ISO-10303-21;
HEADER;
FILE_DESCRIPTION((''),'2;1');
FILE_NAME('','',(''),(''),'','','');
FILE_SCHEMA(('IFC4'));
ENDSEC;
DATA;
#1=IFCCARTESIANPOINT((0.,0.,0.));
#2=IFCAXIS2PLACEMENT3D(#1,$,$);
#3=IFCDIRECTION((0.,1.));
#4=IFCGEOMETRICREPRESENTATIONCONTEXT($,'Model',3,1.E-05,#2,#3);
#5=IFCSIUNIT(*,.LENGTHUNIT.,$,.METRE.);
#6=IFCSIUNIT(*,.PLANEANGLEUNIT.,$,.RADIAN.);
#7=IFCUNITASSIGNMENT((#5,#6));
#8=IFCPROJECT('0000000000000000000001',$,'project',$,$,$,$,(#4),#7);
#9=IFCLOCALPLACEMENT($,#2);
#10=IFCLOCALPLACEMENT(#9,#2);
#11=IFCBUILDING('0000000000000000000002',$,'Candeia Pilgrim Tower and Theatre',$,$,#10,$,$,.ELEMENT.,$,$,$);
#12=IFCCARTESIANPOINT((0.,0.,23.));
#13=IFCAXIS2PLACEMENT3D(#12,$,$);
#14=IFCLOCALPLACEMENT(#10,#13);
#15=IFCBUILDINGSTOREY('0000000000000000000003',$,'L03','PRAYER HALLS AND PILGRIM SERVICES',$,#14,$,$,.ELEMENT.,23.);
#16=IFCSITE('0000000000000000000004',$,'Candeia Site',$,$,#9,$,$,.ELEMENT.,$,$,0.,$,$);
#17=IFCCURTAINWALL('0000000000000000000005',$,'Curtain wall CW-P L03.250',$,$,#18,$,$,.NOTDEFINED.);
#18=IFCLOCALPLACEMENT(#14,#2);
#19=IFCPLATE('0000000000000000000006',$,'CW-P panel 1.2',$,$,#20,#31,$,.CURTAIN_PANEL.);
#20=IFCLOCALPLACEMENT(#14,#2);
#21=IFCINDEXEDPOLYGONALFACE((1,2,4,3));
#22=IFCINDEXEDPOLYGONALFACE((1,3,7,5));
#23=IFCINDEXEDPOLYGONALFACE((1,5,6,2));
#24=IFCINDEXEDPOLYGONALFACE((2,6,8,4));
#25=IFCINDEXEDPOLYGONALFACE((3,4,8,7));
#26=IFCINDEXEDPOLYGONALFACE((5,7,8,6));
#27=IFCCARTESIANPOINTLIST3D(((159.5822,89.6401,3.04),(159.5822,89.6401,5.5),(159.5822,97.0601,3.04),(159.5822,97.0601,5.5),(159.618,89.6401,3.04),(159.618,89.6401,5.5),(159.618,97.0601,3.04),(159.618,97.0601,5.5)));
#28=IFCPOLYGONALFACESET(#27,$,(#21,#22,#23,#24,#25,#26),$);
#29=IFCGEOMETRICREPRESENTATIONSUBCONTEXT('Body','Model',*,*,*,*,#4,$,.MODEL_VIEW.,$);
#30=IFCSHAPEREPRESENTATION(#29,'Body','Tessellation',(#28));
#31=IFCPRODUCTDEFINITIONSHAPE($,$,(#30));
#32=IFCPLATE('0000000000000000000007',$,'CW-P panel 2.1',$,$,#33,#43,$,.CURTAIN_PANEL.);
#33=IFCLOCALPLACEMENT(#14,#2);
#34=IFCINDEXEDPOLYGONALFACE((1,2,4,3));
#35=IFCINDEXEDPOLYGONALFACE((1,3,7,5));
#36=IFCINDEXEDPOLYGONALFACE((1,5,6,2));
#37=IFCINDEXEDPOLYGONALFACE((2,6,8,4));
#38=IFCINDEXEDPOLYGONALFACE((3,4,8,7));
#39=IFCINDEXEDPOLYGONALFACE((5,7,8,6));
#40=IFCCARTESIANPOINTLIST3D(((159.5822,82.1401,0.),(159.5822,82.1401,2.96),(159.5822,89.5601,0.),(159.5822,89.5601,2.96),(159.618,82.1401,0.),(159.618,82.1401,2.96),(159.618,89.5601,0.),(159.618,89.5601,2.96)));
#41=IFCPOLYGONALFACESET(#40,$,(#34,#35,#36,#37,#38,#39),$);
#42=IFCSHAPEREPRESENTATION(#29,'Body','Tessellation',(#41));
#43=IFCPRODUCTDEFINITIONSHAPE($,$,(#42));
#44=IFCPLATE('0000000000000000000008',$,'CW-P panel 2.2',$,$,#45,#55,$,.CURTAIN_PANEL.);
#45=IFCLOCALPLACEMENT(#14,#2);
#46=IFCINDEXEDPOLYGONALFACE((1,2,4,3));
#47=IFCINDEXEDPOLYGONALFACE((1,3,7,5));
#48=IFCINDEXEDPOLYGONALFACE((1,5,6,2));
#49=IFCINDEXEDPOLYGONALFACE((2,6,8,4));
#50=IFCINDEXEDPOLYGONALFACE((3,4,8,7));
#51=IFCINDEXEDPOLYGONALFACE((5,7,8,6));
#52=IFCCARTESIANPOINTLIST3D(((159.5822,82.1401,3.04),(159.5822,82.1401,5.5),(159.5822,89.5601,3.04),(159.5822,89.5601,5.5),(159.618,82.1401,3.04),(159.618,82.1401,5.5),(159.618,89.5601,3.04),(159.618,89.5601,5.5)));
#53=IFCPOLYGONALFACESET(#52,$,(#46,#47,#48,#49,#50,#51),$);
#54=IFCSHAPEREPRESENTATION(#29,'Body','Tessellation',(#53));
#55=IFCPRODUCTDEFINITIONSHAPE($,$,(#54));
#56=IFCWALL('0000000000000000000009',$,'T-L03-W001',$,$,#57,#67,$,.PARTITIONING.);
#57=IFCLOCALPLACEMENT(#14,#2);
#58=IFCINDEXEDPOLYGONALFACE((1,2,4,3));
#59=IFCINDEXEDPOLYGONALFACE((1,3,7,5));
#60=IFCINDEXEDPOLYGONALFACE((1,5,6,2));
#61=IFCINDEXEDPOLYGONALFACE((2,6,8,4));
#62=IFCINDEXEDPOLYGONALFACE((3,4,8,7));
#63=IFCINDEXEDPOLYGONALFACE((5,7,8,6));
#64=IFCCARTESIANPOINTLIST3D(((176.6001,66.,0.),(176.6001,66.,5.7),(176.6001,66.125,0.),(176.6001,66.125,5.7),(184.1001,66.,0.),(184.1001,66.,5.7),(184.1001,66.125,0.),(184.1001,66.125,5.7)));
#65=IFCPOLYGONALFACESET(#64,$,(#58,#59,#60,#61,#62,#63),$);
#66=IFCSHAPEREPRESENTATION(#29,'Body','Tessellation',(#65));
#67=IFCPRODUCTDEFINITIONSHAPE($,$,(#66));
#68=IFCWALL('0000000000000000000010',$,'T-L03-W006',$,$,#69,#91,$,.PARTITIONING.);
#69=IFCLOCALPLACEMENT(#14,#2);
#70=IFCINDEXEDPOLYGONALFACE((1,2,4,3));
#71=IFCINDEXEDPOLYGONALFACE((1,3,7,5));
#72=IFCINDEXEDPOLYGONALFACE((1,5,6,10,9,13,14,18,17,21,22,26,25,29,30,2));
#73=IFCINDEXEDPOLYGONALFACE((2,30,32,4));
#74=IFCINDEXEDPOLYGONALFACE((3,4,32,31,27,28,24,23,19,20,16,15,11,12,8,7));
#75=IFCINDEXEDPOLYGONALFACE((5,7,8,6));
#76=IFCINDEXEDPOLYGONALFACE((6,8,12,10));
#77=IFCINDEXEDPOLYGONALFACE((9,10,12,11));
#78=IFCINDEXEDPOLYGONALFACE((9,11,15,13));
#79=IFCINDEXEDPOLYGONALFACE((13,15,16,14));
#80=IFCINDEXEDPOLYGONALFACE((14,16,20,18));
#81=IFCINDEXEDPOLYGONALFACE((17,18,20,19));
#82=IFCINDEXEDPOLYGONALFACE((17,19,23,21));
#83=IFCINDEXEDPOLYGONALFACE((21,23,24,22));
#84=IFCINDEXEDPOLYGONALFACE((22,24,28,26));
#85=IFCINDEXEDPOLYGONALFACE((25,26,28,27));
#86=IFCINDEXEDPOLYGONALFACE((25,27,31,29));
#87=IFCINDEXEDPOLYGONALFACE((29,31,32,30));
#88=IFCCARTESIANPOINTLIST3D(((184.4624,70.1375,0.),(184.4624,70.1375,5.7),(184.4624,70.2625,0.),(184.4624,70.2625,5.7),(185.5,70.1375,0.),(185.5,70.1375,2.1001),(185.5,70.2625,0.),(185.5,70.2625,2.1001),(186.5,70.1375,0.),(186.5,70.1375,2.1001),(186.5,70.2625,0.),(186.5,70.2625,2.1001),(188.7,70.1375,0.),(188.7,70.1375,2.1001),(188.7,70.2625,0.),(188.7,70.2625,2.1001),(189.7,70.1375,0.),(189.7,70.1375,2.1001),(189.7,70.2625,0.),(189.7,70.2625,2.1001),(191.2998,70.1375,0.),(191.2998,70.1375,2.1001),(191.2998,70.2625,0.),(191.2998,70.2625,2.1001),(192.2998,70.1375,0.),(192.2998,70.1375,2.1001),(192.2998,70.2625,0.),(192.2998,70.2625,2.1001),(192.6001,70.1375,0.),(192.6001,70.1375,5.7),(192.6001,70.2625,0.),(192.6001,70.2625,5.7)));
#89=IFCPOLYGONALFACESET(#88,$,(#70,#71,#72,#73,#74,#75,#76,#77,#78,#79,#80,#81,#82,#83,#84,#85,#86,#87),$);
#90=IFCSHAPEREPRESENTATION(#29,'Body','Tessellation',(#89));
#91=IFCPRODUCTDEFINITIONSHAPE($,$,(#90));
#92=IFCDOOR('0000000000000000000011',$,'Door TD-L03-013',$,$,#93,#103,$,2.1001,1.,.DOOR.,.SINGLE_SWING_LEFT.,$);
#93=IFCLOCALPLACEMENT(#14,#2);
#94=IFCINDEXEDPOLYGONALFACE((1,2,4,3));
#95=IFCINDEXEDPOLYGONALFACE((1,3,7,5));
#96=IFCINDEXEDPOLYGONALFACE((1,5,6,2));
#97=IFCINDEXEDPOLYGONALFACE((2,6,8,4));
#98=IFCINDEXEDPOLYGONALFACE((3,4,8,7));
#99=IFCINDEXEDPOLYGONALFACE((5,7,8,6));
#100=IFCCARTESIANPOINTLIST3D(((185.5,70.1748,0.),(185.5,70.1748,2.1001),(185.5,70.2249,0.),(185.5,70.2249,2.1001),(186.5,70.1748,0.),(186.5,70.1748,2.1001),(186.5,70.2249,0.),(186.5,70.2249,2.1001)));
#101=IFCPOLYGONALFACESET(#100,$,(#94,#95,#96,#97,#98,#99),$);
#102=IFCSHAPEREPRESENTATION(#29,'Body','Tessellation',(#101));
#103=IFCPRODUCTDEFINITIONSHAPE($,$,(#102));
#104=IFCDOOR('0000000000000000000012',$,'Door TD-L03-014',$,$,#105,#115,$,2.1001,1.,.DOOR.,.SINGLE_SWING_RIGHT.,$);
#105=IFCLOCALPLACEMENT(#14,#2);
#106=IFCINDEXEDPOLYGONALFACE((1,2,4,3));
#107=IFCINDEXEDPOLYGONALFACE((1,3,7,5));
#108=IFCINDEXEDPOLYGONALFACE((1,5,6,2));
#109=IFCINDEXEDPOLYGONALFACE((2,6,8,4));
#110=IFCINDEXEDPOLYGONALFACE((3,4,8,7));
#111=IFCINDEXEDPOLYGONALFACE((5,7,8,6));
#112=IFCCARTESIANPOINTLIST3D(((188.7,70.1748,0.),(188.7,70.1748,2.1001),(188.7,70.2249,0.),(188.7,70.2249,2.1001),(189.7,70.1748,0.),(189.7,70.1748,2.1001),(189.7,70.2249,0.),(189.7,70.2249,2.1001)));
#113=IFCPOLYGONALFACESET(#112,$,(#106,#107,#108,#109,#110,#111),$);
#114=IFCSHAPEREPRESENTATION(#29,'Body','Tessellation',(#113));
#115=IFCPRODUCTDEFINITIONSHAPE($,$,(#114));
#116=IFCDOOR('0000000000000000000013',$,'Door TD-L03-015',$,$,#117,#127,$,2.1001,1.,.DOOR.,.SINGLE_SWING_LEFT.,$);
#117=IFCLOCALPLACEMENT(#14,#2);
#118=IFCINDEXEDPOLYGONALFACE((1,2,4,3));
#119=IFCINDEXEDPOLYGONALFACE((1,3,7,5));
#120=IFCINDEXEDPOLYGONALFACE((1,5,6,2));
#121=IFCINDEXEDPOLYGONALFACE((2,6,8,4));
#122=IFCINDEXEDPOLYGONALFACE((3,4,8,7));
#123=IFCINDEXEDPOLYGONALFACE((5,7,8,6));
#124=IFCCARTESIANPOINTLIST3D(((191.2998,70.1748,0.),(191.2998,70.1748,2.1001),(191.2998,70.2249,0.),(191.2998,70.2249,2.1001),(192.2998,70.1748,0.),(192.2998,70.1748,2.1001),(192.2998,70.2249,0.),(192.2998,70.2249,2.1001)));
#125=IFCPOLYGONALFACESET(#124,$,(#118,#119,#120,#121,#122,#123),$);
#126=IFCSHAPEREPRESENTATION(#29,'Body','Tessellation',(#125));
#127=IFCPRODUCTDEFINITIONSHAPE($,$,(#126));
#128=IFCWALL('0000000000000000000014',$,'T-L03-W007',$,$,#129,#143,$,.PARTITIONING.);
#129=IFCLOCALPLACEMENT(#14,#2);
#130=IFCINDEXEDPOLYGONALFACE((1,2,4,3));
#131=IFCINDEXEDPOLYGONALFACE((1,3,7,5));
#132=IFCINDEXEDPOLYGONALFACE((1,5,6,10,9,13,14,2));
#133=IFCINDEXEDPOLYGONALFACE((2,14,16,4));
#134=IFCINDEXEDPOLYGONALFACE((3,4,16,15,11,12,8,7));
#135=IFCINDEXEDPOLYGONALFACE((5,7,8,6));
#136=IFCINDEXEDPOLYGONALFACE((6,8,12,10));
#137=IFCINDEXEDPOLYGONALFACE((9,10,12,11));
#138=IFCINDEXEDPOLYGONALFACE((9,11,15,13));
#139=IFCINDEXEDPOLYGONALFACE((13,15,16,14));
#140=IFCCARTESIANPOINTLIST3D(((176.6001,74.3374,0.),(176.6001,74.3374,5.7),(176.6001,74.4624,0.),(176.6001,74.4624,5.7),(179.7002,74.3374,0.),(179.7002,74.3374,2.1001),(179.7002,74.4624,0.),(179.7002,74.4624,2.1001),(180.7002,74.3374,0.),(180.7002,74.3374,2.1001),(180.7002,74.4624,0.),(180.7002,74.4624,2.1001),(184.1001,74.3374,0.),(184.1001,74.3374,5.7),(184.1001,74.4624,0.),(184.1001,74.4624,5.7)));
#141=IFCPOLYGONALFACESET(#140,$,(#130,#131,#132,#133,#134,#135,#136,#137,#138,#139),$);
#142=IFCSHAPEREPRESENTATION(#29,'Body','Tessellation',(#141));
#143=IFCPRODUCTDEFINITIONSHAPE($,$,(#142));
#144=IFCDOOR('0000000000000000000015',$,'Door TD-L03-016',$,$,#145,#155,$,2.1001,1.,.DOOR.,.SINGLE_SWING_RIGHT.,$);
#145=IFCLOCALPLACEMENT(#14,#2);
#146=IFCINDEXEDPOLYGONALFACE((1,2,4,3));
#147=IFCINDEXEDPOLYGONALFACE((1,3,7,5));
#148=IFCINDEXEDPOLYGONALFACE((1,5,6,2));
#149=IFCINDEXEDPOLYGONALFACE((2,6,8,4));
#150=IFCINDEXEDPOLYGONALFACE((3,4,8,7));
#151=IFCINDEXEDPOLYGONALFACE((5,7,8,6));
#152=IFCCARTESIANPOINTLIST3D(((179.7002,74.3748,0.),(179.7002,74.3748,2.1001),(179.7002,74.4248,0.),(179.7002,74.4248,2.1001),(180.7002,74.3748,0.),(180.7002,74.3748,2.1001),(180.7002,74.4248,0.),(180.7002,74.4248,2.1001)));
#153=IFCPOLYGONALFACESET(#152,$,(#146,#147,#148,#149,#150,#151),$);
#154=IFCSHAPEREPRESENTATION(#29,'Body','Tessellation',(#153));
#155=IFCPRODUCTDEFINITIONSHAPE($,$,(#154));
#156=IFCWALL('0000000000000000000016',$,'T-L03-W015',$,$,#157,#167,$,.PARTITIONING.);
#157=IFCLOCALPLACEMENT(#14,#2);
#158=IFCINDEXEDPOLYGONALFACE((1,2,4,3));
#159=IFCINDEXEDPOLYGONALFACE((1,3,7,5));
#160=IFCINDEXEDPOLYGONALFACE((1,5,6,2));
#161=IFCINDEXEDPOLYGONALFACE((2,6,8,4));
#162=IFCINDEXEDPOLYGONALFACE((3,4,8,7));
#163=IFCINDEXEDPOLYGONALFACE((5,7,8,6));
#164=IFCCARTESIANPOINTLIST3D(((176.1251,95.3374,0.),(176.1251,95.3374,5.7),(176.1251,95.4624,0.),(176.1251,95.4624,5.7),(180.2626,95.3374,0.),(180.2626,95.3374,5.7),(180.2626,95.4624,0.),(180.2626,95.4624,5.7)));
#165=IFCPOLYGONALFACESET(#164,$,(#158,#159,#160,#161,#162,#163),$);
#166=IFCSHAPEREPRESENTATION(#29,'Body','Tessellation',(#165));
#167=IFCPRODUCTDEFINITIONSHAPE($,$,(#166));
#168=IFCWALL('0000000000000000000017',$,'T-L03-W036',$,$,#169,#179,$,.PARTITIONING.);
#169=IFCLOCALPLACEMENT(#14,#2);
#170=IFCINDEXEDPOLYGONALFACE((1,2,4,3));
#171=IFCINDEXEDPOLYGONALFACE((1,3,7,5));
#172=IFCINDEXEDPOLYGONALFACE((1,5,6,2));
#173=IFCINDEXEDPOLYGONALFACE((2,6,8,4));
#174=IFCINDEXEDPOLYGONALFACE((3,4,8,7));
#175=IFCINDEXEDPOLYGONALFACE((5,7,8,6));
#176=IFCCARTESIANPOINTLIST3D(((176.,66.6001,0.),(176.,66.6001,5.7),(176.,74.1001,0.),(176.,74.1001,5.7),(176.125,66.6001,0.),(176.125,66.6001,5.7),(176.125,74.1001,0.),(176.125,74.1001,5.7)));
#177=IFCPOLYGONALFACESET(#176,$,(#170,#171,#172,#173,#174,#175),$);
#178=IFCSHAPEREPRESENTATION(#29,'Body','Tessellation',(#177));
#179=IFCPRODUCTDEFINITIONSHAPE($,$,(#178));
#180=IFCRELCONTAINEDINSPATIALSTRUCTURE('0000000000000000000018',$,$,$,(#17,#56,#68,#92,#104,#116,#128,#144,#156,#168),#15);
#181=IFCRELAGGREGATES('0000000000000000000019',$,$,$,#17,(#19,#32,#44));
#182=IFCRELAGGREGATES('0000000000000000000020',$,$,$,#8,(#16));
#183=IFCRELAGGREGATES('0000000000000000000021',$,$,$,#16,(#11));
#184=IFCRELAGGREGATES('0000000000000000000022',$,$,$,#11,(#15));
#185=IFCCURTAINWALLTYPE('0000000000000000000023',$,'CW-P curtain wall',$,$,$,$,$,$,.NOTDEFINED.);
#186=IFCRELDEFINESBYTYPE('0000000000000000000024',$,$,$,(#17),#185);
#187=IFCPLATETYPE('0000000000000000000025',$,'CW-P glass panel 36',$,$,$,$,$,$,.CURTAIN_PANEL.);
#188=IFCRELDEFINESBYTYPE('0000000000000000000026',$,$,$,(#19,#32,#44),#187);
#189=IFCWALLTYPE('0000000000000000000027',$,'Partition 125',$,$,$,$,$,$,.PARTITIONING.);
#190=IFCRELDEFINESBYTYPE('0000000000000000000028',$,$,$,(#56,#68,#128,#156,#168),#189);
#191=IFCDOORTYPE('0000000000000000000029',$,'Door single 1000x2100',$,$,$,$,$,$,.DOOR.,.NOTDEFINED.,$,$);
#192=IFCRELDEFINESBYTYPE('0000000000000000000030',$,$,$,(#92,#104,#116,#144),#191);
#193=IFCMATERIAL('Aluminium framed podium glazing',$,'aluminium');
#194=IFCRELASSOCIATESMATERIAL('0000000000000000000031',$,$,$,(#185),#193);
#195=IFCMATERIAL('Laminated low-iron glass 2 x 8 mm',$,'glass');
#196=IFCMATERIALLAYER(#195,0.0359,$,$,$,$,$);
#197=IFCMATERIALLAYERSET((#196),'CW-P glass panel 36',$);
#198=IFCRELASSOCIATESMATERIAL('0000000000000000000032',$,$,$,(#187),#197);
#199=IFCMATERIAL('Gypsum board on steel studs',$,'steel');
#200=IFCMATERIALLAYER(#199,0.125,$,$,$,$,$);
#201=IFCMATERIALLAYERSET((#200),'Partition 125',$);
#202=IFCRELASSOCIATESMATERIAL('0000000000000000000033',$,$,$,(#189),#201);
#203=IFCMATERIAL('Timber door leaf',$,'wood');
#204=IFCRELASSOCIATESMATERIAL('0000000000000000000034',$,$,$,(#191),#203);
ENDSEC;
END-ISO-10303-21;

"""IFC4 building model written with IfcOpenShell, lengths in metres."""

from ifc_helpers import new_model, si_unit, direction, frame, frame_2d, origin, origin_2d, place, context, subcontext, project, spatial, rectangle, extrude, material, layer, layer_set, type_object, element, fill, aggregate, save


model = new_model("IFC4")

# Units and contexts
model_context = context("Model", 3, precision=1e-05, world=origin(), true_north=direction((0.0, 1.0)))
body_context = subcontext(model_context, "Body", "Model", "MODEL_VIEW")
ifc_project = project(units=[si_unit("LENGTHUNIT", "METRE"), si_unit("PLANEANGLEUNIT", "RADIAN")], contexts=[model_context])

# Site, building, storey
site_placement = place(None, origin())
site = spatial("IfcSite", under=ifc_project, at=site_placement, Name="Candeia Site", CompositionType="ELEMENT", RefElevation=0.0)
building_placement = place(site_placement, origin())
building = spatial("IfcBuilding", under=site, at=building_placement, Name="Candeia Pilgrim Tower and Theatre", CompositionType="ELEMENT")
storey_placement = place(building_placement, frame((0.0, 0.0, 23.0)))
storey = spatial("IfcBuildingStorey", under=building, at=storey_placement, Name="L03", Description="PRAYER HALLS AND PILGRIM SERVICES", CompositionType="ELEMENT", Elevation=23.0)

# Curtain wall
ifc_material_1 = material(Name="Aluminium framed podium glazing", Category="aluminium")
curtain_wall_type = type_object("IfcCurtainWallType", Name="CW-P curtain wall", PredefinedType="NOTDEFINED", material=ifc_material_1)
curtain_wall_placement = place(storey_placement, origin())
curtain_wall = element("IfcCurtainWall", 1, at=curtain_wall_placement, inside=storey, type_object=curtain_wall_type, Name="Curtain wall CW-P L03.250", PredefinedType="NOTDEFINED")

# Plates
ifc_material_2 = material(Name="Laminated low-iron glass 2 x 8 mm", Category="glass")
ifc_layer_1 = layer(ifc_material_2, 0.0359)
ifc_layer_set_1 = layer_set([ifc_layer_1], Name="CW-P glass panel 36")
plate_type = type_object("IfcPlateType", Name="CW-P glass panel 36", PredefinedType="CURTAIN_PANEL", material=ifc_layer_set_1)
plate_1_placement = place(storey_placement, frame((159.6001, 93.3501, 3.04), z_axis=(0.0, 0.0, 1.0), x_axis=(0.0, -1.0, 0.0)))
plate_1 = element("IfcPlate", 2, at=plate_1_placement, type_object=plate_type, Name="CW-P panel 1.2", PredefinedType="CURTAIN_PANEL", context=body_context, shape_type="SweptSolid", body=[
    extrude(rectangle(XDim=7.4199, YDim=0.0359, at=origin_2d()), origin(), (0.0, 0.0, 1.0), 2.46),
])
plate_2_placement = place(storey_placement, frame((159.6001, 85.8501, 0.0), z_axis=(0.0, 0.0, 1.0), x_axis=(0.0, -1.0, 0.0)))
plate_2 = element("IfcPlate", 3, at=plate_2_placement, type_object=plate_type, Name="CW-P panel 2.1", PredefinedType="CURTAIN_PANEL", context=body_context, shape_type="SweptSolid", body=[
    extrude(rectangle(XDim=7.4199, YDim=0.0359, at=origin_2d()), origin(), (0.0, 0.0, 1.0), 2.96),
])
plate_3_placement = place(storey_placement, frame((159.6001, 85.8501, 3.04), z_axis=(0.0, 0.0, 1.0), x_axis=(0.0, -1.0, 0.0)))
plate_3 = element("IfcPlate", 4, at=plate_3_placement, type_object=plate_type, Name="CW-P panel 2.2", PredefinedType="CURTAIN_PANEL", context=body_context, shape_type="SweptSolid", body=[
    extrude(rectangle(XDim=7.4199, YDim=0.0359, at=origin_2d()), origin(), (0.0, 0.0, 1.0), 2.46),
])
aggregate(curtain_wall, [plate_1, plate_2, plate_3])

# Wall
ifc_material_3 = material(Name="Gypsum board on steel studs", Category="steel")
ifc_layer_2 = layer(ifc_material_3, 0.125)
ifc_layer_set_2 = layer_set([ifc_layer_2], Name="Partition 125")
wall_type = type_object("IfcWallType", Name="Partition 125", PredefinedType="PARTITIONING", material=ifc_layer_set_2)
wall_1_placement = place(storey_placement, frame((176.6001, 66.0625, 0.0), z_axis=(0.0, 0.0, 1.0), x_axis=(1.0, 0.0, 0.0)))
element("IfcWall", 5, at=wall_1_placement, inside=storey, type_object=wall_type, Name="T-L03-W001", PredefinedType="PARTITIONING", context=body_context, shape_type="SweptSolid", body=[
    extrude(rectangle(XDim=7.5, YDim=0.125, at=frame_2d((3.75, 0.0))), origin(), (0.0, 0.0, 1.0), 5.7),
])

# Wall, openings, doors
wall_2_placement = place(storey_placement, frame((184.4624, 70.2, 0.0), z_axis=(0.0, 0.0, 1.0), x_axis=(1.0, 0.0, 0.0)))
wall_2 = element("IfcWall", 6, at=wall_2_placement, inside=storey, type_object=wall_type, Name="T-L03-W006", PredefinedType="PARTITIONING", context=body_context, shape_type="SweptSolid", body=[
    extrude(rectangle(XDim=8.1377, YDim=0.125, at=frame_2d((4.0688, 0.0))), origin(), (0.0, 0.0, 1.0), 5.7),
])
opening_1_placement = place(wall_2_placement, frame((1.0376, 0.0, 0.0)))
opening_1 = element("IfcOpeningElement", 7, at=opening_1_placement, cuts=wall_2, PredefinedType="OPENING", context=body_context, shape_type="SweptSolid", body=[
    extrude(rectangle(XDim=1.0, YDim=2.1001, at=frame_2d((0.5, 1.05))), frame((0.0, 0.0725, 0.0), z_axis=(0.0, -1.0, 0.0), x_axis=(1.0, 0.0, 0.0)), (0.0, 0.0, 1.0), 0.145),
])
opening_2_placement = place(wall_2_placement, frame((4.2375, 0.0, 0.0)))
opening_2 = element("IfcOpeningElement", 8, at=opening_2_placement, cuts=wall_2, PredefinedType="OPENING", context=body_context, shape_type="SweptSolid", body=[
    extrude(rectangle(XDim=1.0, YDim=2.1001, at=frame_2d((0.5, 1.05))), frame((0.0, 0.0725, 0.0), z_axis=(0.0, -1.0, 0.0), x_axis=(1.0, 0.0, 0.0)), (0.0, 0.0, 1.0), 0.145),
])
opening_3_placement = place(wall_2_placement, frame((6.8374, 0.0, 0.0)))
opening_3 = element("IfcOpeningElement", 9, at=opening_3_placement, cuts=wall_2, PredefinedType="OPENING", context=body_context, shape_type="SweptSolid", body=[
    extrude(rectangle(XDim=1.0, YDim=2.1001, at=frame_2d((0.5, 1.05))), frame((0.0, 0.0725, 0.0), z_axis=(0.0, -1.0, 0.0), x_axis=(1.0, 0.0, 0.0)), (0.0, 0.0, 1.0), 0.145),
])
ifc_material_4 = material(Name="Timber door leaf", Category="wood")
door_type = type_object("IfcDoorType", Name="Door single 1000x2100", OperationType="NOTDEFINED", PredefinedType="DOOR", material=ifc_material_4)
door_1_placement = place(opening_1_placement, origin())
door_1 = element("IfcDoor", 10, at=door_1_placement, inside=storey, type_object=door_type, Name="Door TD-L03-013", OperationType="SINGLE_SWING_LEFT", OverallHeight=2.1001, OverallWidth=1.0, PredefinedType="DOOR", context=body_context, shape_type="SweptSolid", body=[
    extrude(rectangle(XDim=1.0, YDim=2.1001, at=frame_2d((0.5, 1.05))), frame((0.0, 0.0249, 0.0), z_axis=(0.0, -1.0, 0.0), x_axis=(1.0, 0.0, 0.0)), (0.0, 0.0, 1.0), 0.05),
])
fill(opening_1, door_1)
door_2_placement = place(opening_2_placement, origin())
door_2 = element("IfcDoor", 11, at=door_2_placement, inside=storey, type_object=door_type, Name="Door TD-L03-014", OperationType="SINGLE_SWING_RIGHT", OverallHeight=2.1001, OverallWidth=1.0, PredefinedType="DOOR", context=body_context, shape_type="SweptSolid", body=[
    extrude(rectangle(XDim=1.0, YDim=2.1001, at=frame_2d((0.5, 1.05))), frame((0.0, 0.0249, 0.0), z_axis=(0.0, -1.0, 0.0), x_axis=(1.0, 0.0, 0.0)), (0.0, 0.0, 1.0), 0.05),
])
fill(opening_2, door_2)
door_3_placement = place(opening_3_placement, origin())
door_3 = element("IfcDoor", 12, at=door_3_placement, inside=storey, type_object=door_type, Name="Door TD-L03-015", OperationType="SINGLE_SWING_LEFT", OverallHeight=2.1001, OverallWidth=1.0, PredefinedType="DOOR", context=body_context, shape_type="SweptSolid", body=[
    extrude(rectangle(XDim=1.0, YDim=2.1001, at=frame_2d((0.5, 1.05))), frame((0.0, 0.0249, 0.0), z_axis=(0.0, -1.0, 0.0), x_axis=(1.0, 0.0, 0.0)), (0.0, 0.0, 1.0), 0.05),
])
fill(opening_3, door_3)

# Wall, opening, door
wall_3_placement = place(storey_placement, frame((176.6001, 74.3999, 0.0), z_axis=(0.0, 0.0, 1.0), x_axis=(1.0, 0.0, 0.0)))
wall_3 = element("IfcWall", 13, at=wall_3_placement, inside=storey, type_object=wall_type, Name="T-L03-W007", PredefinedType="PARTITIONING", context=body_context, shape_type="SweptSolid", body=[
    extrude(rectangle(XDim=7.5, YDim=0.125, at=frame_2d((3.75, 0.0))), origin(), (0.0, 0.0, 1.0), 5.7),
])
opening_4_placement = place(wall_3_placement, frame((3.1001, 0.0, 0.0)))
opening_4 = element("IfcOpeningElement", 14, at=opening_4_placement, cuts=wall_3, PredefinedType="OPENING", context=body_context, shape_type="SweptSolid", body=[
    extrude(rectangle(XDim=1.0, YDim=2.1001, at=frame_2d((0.5, 1.05))), frame((0.0, 0.0725, 0.0), z_axis=(0.0, -1.0, 0.0), x_axis=(1.0, 0.0, 0.0)), (0.0, 0.0, 1.0), 0.145),
])
door_4_placement = place(opening_4_placement, origin())
door_4 = element("IfcDoor", 15, at=door_4_placement, inside=storey, type_object=door_type, Name="Door TD-L03-016", OperationType="SINGLE_SWING_RIGHT", OverallHeight=2.1001, OverallWidth=1.0, PredefinedType="DOOR", context=body_context, shape_type="SweptSolid", body=[
    extrude(rectangle(XDim=1.0, YDim=2.1001, at=frame_2d((0.5, 1.05))), frame((0.0, 0.0249, 0.0), z_axis=(0.0, -1.0, 0.0), x_axis=(1.0, 0.0, 0.0)), (0.0, 0.0, 1.0), 0.05),
])
fill(opening_4, door_4)

# Walls
wall_4_placement = place(storey_placement, frame((176.125, 95.3999, 0.0), z_axis=(0.0, 0.0, 1.0), x_axis=(1.0, 0.0, 0.0)))
element("IfcWall", 16, at=wall_4_placement, inside=storey, type_object=wall_type, Name="T-L03-W015", PredefinedType="PARTITIONING", context=body_context, shape_type="SweptSolid", body=[
    extrude(rectangle(XDim=4.1375, YDim=0.125, at=frame_2d((2.0688, 0.0))), origin(), (0.0, 0.0, 1.0), 5.7),
])
wall_5_placement = place(storey_placement, frame((176.0625, 66.6001, 0.0), z_axis=(0.0, 0.0, 1.0), x_axis=(0.0, 1.0, 0.0)))
element("IfcWall", 17, at=wall_5_placement, inside=storey, type_object=wall_type, Name="T-L03-W036", PredefinedType="PARTITIONING", context=body_context, shape_type="SweptSolid", body=[
    extrude(rectangle(XDim=7.5, YDim=0.125, at=frame_2d((3.75, 0.0))), origin(), (0.0, 0.0, 1.0), 5.7),
])

save(model, "model.ifc")
